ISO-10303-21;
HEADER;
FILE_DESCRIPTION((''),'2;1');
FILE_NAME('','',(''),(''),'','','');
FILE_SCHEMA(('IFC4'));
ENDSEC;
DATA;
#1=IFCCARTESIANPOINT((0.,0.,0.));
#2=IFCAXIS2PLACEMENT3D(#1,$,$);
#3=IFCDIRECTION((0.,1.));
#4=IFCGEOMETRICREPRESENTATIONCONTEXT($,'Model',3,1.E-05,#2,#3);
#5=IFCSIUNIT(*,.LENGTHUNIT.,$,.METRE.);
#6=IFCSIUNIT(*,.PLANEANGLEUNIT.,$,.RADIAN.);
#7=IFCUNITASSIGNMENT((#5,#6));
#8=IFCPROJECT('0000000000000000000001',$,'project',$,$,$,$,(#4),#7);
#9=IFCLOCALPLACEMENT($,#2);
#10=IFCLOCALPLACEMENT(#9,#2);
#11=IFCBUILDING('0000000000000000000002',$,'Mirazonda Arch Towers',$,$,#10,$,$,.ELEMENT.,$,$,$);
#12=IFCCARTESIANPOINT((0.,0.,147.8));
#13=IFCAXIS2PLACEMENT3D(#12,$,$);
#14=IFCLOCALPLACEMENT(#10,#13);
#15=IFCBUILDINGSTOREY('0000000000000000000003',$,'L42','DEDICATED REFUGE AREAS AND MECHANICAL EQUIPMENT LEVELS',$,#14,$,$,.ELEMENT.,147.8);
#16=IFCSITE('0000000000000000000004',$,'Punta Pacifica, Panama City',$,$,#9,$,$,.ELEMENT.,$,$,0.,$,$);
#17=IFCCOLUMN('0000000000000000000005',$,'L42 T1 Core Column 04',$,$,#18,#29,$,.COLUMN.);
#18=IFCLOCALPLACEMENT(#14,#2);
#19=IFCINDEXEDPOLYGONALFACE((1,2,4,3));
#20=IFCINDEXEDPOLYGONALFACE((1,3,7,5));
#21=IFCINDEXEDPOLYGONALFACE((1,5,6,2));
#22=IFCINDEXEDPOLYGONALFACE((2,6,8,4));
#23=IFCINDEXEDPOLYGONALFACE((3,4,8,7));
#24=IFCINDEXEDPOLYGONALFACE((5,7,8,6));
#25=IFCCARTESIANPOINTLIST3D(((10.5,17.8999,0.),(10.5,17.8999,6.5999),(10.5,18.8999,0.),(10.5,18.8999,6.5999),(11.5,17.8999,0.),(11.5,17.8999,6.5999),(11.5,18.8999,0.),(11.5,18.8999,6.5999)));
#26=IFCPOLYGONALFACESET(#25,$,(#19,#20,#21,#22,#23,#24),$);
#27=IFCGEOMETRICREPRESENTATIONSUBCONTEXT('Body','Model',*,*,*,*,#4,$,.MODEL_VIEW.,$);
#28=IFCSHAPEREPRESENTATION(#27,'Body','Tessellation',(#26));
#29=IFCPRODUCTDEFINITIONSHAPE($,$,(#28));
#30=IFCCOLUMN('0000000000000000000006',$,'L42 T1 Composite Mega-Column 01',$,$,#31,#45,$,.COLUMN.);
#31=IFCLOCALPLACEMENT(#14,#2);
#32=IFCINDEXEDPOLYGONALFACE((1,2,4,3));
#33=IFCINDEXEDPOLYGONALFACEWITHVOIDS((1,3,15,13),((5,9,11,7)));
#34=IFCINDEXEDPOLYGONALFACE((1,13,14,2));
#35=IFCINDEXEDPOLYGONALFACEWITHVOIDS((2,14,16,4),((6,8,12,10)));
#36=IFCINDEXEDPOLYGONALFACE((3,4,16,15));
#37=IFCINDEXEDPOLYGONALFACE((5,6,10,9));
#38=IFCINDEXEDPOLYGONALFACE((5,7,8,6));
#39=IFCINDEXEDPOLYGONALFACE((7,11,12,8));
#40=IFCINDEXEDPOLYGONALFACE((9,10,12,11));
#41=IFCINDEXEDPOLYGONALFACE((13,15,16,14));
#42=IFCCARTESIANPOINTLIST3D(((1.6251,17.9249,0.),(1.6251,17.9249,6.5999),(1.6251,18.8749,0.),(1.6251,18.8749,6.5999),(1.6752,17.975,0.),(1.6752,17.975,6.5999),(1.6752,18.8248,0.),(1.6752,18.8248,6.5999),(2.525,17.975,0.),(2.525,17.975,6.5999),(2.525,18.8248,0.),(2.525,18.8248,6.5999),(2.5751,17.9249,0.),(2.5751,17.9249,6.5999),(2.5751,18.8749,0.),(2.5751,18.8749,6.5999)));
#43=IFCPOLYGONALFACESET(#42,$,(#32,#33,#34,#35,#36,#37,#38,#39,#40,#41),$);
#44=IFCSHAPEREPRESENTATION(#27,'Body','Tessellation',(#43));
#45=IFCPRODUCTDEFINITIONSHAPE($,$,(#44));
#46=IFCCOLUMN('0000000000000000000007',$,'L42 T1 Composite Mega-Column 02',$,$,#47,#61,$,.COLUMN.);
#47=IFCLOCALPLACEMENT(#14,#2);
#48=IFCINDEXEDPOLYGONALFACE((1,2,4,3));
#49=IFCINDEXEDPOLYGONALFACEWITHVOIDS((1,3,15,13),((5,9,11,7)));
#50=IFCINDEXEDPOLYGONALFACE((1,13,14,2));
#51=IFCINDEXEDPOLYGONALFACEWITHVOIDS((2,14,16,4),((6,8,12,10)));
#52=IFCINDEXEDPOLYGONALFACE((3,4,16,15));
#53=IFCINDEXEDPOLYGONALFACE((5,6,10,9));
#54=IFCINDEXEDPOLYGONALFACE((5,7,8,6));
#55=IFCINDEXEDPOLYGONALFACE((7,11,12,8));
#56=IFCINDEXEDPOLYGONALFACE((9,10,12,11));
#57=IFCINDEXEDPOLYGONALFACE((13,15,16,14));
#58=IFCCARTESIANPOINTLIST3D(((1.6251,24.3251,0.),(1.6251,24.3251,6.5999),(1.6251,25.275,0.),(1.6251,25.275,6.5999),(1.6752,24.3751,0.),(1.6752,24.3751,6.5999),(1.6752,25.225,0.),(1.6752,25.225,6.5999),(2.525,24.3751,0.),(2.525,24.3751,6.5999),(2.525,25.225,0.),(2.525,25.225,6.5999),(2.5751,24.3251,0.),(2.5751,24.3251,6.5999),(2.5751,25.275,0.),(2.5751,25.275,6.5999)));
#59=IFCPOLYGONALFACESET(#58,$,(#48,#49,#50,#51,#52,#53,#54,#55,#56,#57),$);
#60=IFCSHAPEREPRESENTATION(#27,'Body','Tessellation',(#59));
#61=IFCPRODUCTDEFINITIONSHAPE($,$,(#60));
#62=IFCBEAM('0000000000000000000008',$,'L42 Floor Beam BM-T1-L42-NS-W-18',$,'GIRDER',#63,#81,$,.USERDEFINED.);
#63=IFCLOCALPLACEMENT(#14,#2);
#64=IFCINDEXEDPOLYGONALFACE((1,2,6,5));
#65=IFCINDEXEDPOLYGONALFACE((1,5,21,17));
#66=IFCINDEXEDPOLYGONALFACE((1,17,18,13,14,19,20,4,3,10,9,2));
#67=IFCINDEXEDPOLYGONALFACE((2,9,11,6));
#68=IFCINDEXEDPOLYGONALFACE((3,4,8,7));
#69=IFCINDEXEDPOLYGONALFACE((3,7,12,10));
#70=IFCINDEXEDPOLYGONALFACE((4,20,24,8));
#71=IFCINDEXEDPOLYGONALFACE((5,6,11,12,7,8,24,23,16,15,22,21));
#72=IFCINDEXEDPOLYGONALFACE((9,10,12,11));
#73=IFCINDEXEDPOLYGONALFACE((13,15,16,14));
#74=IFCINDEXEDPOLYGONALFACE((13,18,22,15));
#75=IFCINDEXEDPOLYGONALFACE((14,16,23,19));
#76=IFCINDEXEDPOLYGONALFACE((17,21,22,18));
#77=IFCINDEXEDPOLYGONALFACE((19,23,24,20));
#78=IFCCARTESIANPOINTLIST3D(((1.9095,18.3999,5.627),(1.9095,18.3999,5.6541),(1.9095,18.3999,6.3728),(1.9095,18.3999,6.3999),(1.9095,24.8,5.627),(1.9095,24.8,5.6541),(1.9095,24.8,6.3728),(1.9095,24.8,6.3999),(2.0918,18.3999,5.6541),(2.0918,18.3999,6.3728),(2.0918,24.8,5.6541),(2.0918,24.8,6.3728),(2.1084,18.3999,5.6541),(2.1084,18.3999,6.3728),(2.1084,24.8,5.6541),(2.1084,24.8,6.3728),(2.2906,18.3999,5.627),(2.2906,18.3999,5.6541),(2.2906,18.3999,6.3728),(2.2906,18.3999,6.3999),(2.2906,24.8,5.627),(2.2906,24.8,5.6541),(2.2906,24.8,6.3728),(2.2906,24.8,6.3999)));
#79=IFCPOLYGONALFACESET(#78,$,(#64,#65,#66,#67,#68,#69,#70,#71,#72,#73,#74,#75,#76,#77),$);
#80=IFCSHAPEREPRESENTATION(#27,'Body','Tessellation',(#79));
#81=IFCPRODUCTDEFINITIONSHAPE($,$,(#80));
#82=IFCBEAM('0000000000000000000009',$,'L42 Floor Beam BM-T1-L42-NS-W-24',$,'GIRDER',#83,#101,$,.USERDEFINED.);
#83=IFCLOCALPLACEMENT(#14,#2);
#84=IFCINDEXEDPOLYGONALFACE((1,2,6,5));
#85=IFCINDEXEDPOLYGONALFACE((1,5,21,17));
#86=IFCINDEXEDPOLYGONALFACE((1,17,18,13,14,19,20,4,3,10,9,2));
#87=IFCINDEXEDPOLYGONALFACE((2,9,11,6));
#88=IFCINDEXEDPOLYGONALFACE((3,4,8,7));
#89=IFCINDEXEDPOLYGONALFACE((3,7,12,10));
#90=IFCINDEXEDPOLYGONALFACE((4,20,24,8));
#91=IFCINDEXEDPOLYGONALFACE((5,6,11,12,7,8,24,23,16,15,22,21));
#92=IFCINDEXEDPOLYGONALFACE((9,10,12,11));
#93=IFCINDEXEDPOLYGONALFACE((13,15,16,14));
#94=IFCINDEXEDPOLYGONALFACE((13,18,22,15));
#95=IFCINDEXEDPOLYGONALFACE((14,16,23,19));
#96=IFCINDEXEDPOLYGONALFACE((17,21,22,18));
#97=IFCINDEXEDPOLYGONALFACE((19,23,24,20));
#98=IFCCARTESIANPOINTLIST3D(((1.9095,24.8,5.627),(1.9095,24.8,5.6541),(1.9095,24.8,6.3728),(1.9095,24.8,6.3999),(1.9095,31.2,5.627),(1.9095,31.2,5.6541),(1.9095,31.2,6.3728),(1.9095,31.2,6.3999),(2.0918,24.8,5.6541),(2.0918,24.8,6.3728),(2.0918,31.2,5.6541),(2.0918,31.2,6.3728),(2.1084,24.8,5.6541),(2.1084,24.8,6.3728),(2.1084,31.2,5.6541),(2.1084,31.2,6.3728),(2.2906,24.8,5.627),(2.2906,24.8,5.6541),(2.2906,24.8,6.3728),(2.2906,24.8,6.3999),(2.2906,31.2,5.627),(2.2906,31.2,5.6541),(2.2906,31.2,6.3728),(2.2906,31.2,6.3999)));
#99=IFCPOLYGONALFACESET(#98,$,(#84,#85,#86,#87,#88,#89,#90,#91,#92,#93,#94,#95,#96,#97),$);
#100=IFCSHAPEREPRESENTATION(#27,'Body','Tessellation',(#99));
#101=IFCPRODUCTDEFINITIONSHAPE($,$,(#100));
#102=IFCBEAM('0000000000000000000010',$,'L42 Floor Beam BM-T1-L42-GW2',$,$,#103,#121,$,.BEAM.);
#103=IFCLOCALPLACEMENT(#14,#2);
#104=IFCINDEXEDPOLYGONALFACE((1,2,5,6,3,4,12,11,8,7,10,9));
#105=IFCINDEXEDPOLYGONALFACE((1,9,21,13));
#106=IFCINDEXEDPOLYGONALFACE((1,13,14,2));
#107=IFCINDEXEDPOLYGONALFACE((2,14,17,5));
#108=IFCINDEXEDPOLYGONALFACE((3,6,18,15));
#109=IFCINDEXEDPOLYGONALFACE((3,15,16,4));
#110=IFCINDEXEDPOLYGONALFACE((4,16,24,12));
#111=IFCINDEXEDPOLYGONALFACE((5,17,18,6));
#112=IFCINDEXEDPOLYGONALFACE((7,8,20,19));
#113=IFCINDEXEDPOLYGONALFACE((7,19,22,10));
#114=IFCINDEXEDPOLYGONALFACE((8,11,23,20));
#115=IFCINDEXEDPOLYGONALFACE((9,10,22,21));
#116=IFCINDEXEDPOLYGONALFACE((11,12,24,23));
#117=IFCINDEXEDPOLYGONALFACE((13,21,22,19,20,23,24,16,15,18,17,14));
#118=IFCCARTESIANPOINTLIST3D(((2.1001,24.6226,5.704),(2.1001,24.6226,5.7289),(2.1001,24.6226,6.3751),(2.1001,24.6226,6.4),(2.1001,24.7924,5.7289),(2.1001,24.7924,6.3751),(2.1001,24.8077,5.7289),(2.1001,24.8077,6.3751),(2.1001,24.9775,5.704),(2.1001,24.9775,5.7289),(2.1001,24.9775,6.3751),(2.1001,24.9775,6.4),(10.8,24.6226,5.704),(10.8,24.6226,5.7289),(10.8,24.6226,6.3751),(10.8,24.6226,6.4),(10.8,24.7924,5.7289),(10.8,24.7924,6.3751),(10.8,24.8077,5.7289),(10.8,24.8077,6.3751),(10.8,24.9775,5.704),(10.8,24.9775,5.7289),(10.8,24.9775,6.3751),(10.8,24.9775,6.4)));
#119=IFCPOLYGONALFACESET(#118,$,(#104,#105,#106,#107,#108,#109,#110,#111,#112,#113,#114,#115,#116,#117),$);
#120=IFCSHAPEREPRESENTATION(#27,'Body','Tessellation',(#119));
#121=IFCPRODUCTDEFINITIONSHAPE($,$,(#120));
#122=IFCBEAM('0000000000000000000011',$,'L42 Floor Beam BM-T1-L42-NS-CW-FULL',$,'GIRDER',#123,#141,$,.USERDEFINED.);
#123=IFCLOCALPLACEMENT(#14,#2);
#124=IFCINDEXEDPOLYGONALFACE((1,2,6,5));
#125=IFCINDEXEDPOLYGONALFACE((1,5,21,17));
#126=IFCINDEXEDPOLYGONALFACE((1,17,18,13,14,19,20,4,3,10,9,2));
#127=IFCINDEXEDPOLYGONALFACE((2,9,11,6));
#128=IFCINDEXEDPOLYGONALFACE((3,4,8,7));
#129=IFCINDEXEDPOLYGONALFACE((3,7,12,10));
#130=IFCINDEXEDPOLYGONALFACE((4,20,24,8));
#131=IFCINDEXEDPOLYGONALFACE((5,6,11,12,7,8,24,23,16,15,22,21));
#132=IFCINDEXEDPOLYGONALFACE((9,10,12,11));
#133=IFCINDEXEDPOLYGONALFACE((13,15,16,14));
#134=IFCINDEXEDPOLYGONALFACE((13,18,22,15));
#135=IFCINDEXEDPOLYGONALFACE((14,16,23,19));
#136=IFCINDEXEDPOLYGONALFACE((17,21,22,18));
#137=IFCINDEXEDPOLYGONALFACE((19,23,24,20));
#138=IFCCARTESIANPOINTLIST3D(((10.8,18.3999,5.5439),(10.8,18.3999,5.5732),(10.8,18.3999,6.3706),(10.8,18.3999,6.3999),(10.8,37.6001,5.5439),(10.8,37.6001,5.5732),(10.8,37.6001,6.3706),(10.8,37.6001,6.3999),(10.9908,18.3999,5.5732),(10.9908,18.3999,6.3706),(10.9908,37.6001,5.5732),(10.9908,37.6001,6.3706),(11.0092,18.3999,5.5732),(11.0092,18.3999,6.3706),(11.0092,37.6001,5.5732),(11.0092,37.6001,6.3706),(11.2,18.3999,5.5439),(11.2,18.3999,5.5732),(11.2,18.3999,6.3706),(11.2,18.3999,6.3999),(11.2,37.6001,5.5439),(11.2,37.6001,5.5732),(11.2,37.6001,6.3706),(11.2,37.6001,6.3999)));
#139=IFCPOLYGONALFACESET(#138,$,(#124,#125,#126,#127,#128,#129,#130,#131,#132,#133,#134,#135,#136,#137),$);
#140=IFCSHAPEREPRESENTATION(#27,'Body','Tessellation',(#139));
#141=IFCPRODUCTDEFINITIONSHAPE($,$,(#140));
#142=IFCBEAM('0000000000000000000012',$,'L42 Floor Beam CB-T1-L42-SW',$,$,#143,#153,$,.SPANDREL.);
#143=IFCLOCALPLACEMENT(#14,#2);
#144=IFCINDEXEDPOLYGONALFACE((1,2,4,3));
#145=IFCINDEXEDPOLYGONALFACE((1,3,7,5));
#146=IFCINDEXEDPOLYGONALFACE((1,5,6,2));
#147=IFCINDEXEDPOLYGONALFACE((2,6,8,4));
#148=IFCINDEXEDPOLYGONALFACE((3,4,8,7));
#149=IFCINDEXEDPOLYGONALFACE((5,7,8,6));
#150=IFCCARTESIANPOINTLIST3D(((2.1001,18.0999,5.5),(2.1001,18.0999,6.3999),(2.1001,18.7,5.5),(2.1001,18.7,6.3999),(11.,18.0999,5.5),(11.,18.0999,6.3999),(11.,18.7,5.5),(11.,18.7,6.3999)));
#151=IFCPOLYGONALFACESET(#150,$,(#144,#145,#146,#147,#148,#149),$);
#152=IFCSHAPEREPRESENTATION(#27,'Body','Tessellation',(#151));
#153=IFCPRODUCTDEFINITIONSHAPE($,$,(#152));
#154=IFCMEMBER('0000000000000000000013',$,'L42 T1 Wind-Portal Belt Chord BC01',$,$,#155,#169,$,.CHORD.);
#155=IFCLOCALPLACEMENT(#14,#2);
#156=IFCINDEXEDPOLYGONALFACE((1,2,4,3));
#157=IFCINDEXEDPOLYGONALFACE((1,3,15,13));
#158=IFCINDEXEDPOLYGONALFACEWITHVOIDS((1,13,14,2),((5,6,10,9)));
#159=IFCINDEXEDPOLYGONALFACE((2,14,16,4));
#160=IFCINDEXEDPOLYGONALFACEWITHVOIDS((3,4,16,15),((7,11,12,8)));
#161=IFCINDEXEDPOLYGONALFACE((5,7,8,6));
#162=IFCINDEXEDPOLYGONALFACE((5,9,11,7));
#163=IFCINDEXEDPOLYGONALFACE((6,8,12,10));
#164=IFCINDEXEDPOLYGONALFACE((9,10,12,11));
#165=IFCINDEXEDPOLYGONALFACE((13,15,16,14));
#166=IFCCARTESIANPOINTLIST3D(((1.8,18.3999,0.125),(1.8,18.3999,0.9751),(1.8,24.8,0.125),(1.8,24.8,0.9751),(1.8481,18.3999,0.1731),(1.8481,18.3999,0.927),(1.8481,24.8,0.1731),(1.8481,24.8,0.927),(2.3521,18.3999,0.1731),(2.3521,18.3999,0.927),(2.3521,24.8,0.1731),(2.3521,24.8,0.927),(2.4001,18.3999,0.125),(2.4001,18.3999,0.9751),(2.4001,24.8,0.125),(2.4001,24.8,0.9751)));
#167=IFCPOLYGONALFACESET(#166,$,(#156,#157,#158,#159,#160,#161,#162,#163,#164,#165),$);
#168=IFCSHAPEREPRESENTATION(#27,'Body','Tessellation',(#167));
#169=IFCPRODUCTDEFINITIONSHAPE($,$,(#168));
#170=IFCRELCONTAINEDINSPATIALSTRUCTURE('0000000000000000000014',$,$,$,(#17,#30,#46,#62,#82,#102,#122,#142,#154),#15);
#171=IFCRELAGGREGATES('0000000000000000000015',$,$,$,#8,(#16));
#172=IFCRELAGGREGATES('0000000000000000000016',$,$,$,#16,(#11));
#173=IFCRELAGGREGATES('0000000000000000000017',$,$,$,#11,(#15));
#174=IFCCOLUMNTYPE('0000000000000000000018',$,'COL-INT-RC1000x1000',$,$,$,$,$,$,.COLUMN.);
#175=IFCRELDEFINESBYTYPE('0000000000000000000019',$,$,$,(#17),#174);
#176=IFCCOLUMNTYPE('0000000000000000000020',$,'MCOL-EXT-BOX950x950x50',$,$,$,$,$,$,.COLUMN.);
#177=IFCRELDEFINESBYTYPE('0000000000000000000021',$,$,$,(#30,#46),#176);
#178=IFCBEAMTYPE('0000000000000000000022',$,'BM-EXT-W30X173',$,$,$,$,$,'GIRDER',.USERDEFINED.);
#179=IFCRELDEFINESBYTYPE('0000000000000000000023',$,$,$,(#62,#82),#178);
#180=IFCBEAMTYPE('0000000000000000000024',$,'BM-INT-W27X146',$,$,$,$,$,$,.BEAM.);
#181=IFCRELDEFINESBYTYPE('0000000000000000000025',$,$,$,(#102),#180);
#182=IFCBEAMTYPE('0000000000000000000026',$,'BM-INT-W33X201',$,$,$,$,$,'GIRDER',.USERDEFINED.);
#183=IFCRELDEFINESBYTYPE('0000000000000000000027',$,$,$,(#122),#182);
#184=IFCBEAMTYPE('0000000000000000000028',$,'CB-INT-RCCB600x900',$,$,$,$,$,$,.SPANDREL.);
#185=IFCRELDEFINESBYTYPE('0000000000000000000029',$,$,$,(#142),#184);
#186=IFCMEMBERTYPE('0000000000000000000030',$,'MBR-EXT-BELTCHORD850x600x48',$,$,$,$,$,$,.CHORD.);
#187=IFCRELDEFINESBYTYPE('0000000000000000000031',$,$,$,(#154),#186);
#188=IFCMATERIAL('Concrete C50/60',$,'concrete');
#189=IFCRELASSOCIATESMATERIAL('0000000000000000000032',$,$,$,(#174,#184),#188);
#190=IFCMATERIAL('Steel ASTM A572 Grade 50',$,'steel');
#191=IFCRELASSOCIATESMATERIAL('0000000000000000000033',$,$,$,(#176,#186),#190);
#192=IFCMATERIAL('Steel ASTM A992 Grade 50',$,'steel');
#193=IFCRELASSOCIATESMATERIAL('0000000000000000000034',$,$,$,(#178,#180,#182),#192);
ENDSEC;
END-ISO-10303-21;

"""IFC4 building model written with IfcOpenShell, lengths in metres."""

from ifc_helpers import new_model, si_unit, direction, frame, origin, origin_2d, place, context, subcontext, project, spatial, rectangle, hollow_rectangle, i_section, extrude, material, material_profile, profile_set, type_object, element, save


model = new_model("IFC4")

# Units and contexts
model_context = context("Model", 3, precision=1e-05, world=origin(), true_north=direction((0.0, 1.0)))
body_context = subcontext(model_context, "Body", "Model", "MODEL_VIEW")
ifc_project = project(units=[si_unit("LENGTHUNIT", "METRE"), si_unit("PLANEANGLEUNIT", "RADIAN")], contexts=[model_context])

# Site, building, storey
site_placement = place(None, origin())
site = spatial("IfcSite", under=ifc_project, at=site_placement, Name="Punta Pacifica, Panama City", CompositionType="ELEMENT", RefElevation=0.0)
building_placement = place(site_placement, origin())
building = spatial("IfcBuilding", under=site, at=building_placement, Name="Mirazonda Arch Towers", CompositionType="ELEMENT")
storey_placement = place(building_placement, frame((0.0, 0.0, 147.8)))
storey = spatial("IfcBuildingStorey", under=building, at=storey_placement, Name="L42", Description="DEDICATED REFUGE AREAS AND MECHANICAL EQUIPMENT LEVELS", CompositionType="ELEMENT", Elevation=147.8)

# Columns
ifc_material_1 = material(Name="Concrete C50/60", Category="concrete")
ifc_material_profile_1 = material_profile(ifc_material_1, rectangle(XDim=1.0, YDim=1.0, at=origin_2d()), Name="RC1000x1000")
ifc_profile_set_1 = profile_set([ifc_material_profile_1], Name="Concrete C50/60")
column_type_1 = type_object("IfcColumnType", Name="COL-INT-RC1000x1000", PredefinedType="COLUMN", material=ifc_profile_set_1)
column_placement = place(storey_placement, frame((11.0, 18.3999, 0.0), z_axis=(0.0, 0.0, 1.0), x_axis=(1.0, 0.0, 0.0)))
element("IfcColumn", 1, at=column_placement, inside=storey, type_object=column_type_1, Name="L42 T1 Core Column 04", PredefinedType="COLUMN", context=body_context, shape_type="SweptSolid", body=[
    extrude(rectangle(XDim=1.0, YDim=1.0, at=origin_2d()), origin(), (0.0, 0.0, 1.0), 6.5999),
])
ifc_material_2 = material(Name="Steel ASTM A572 Grade 50", Category="steel")
ifc_material_profile_2 = material_profile(ifc_material_2, hollow_rectangle(XDim=0.95, YDim=0.95, WallThickness=0.05, at=origin_2d()), Name="BOX950x950x50")
ifc_profile_set_2 = profile_set([ifc_material_profile_2], Name="Steel ASTM A572 Grade 50")
column_type_2 = type_object("IfcColumnType", Name="MCOL-EXT-BOX950x950x50", PredefinedType="COLUMN", material=ifc_profile_set_2)
for number, where, z_axis, x_axis, name in (
    (2, (2.1001, 18.3999, 0.0), (0.0, 0.0, 1.0), (1.0, 0.0, 0.0), "L42 T1 Composite Mega-Column 01"),
    (3, (2.1001, 24.8, 0.0), (0.0, 0.0, 1.0), (1.0, 0.0, 0.0), "L42 T1 Composite Mega-Column 02"),
):
    element("IfcColumn", number, at=place(storey_placement, frame(where, z_axis=z_axis, x_axis=x_axis)), inside=storey, type_object=column_type_2, Name=name, PredefinedType="COLUMN", context=body_context, shape_type="SweptSolid", body=[
        extrude(hollow_rectangle(XDim=0.95, YDim=0.95, WallThickness=0.05, at=origin_2d()), origin(), (0.0, 0.0, 1.0), 6.5999),
    ])

# Beams
ifc_material_3 = material(Name="Steel ASTM A992 Grade 50", Category="steel")
ifc_material_profile_3 = material_profile(ifc_material_3, i_section(OverallWidth=0.3811, OverallDepth=0.7729, WebThickness=0.0166, FlangeThickness=0.0271, at=origin_2d()), Name="W30X173")
ifc_profile_set_3 = profile_set([ifc_material_profile_3], Name="Steel ASTM A992 Grade 50")
beam_type_1 = type_object("IfcBeamType", Name="BM-EXT-W30X173", ElementType="GIRDER", PredefinedType="USERDEFINED", material=ifc_profile_set_3)
beam_1_placement = place(storey_placement, frame((2.1001, 18.3999, 6.0134), z_axis=(0.0, 1.0, 0.0), x_axis=(-1.0, 0.0, 0.0)))
element("IfcBeam", 4, at=beam_1_placement, inside=storey, type_object=beam_type_1, Name="L42 Floor Beam BM-T1-L42-NS-W-18", ObjectType="GIRDER", PredefinedType="USERDEFINED", context=body_context, shape_type="SweptSolid", body=[
    extrude(i_section(OverallWidth=0.3811, OverallDepth=0.7729, WebThickness=0.0166, FlangeThickness=0.0271, at=origin_2d()), origin(), (0.0, 0.0, 1.0), 6.4001),
])
beam_2_placement = place(storey_placement, frame((2.1001, 24.8, 6.0134), z_axis=(0.0, 1.0, 0.0), x_axis=(-1.0, 0.0, 0.0)))
element("IfcBeam", 5, at=beam_2_placement, inside=storey, type_object=beam_type_1, Name="L42 Floor Beam BM-T1-L42-NS-W-24", ObjectType="GIRDER", PredefinedType="USERDEFINED", context=body_context, shape_type="SweptSolid", body=[
    extrude(i_section(OverallWidth=0.3811, OverallDepth=0.7729, WebThickness=0.0166, FlangeThickness=0.0271, at=origin_2d()), origin(), (0.0, 0.0, 1.0), 6.3999),
])
ifc_material_profile_4 = material_profile(ifc_material_3, i_section(OverallWidth=0.355, OverallDepth=0.696, WebThickness=0.0154, FlangeThickness=0.0249, at=origin_2d()), Name="W27X146")
ifc_profile_set_4 = profile_set([ifc_material_profile_4], Name="Steel ASTM A992 Grade 50")
beam_type_2 = type_object("IfcBeamType", Name="BM-INT-W27X146", PredefinedType="BEAM", material=ifc_profile_set_4)
beam_3_placement = place(storey_placement, frame((2.1001, 24.8, 6.052), z_axis=(1.0, 0.0, 0.0), x_axis=(0.0, 1.0, 0.0)))
element("IfcBeam", 6, at=beam_3_placement, inside=storey, type_object=beam_type_2, Name="L42 Floor Beam BM-T1-L42-GW2", PredefinedType="BEAM", context=body_context, shape_type="SweptSolid", body=[
    extrude(i_section(OverallWidth=0.355, OverallDepth=0.696, WebThickness=0.0154, FlangeThickness=0.0249, at=origin_2d()), origin(), (0.0, 0.0, 1.0), 8.7),
])
ifc_material_profile_5 = material_profile(ifc_material_3, i_section(OverallWidth=0.3999, OverallDepth=0.856, WebThickness=0.0183, FlangeThickness=0.0293, at=origin_2d()), Name="W33X201")
ifc_profile_set_5 = profile_set([ifc_material_profile_5], Name="Steel ASTM A992 Grade 50")
beam_type_3 = type_object("IfcBeamType", Name="BM-INT-W33X201", ElementType="GIRDER", PredefinedType="USERDEFINED", material=ifc_profile_set_5)
beam_4_placement = place(storey_placement, frame((11.0, 18.3999, 5.9719), z_axis=(0.0, 1.0, 0.0), x_axis=(-1.0, 0.0, 0.0)))
element("IfcBeam", 7, at=beam_4_placement, inside=storey, type_object=beam_type_3, Name="L42 Floor Beam BM-T1-L42-NS-CW-FULL", ObjectType="GIRDER", PredefinedType="USERDEFINED", context=body_context, shape_type="SweptSolid", body=[
    extrude(i_section(OverallWidth=0.3999, OverallDepth=0.856, WebThickness=0.0183, FlangeThickness=0.0293, at=origin_2d()), origin(), (0.0, 0.0, 1.0), 19.2002),
])
ifc_material_profile_6 = material_profile(ifc_material_1, rectangle(XDim=0.6001, YDim=0.8999, at=origin_2d()), Name="RCCB600x900")
ifc_profile_set_6 = profile_set([ifc_material_profile_6], Name="Concrete C50/60")
beam_type_4 = type_object("IfcBeamType", Name="CB-INT-RCCB600x900", PredefinedType="SPANDREL", material=ifc_profile_set_6)
beam_5_placement = place(storey_placement, frame((2.1001, 18.3999, 5.95), z_axis=(1.0, 0.0, 0.0), x_axis=(0.0, 1.0, 0.0)))
element("IfcBeam", 8, at=beam_5_placement, inside=storey, type_object=beam_type_4, Name="L42 Floor Beam CB-T1-L42-SW", PredefinedType="SPANDREL", context=body_context, shape_type="SweptSolid", body=[
    extrude(rectangle(XDim=0.6001, YDim=0.8999, at=origin_2d()), origin(), (0.0, 0.0, 1.0), 8.8999),
])

# Member
ifc_material_profile_7 = material_profile(ifc_material_2, hollow_rectangle(XDim=0.6001, YDim=0.8501, WallThickness=0.0481, at=origin_2d()), Name="BELTCHORD850x600x48")
ifc_profile_set_7 = profile_set([ifc_material_profile_7], Name="Steel ASTM A572 Grade 50")
member_type_1 = type_object("IfcMemberType", Name="MBR-EXT-BELTCHORD850x600x48", PredefinedType="CHORD", material=ifc_profile_set_7)
for number, where, z_axis, x_axis, name in (
    (9, (2.1001, 18.3999, 0.55), (0.0, 1.0, 0.0), (-1.0, 0.0, 0.0), "L42 T1 Wind-Portal Belt Chord BC01"),
):
    element("IfcMember", number, at=place(storey_placement, frame(where, z_axis=z_axis, x_axis=x_axis)), inside=storey, type_object=member_type_1, Name=name, PredefinedType="CHORD", context=body_context, shape_type="SweptSolid", body=[
        extrude(hollow_rectangle(XDim=0.6001, YDim=0.8501, WallThickness=0.0481, at=origin_2d()), origin(), (0.0, 0.0, 1.0), 6.4001),
    ])

save(model, "model.ifc")
